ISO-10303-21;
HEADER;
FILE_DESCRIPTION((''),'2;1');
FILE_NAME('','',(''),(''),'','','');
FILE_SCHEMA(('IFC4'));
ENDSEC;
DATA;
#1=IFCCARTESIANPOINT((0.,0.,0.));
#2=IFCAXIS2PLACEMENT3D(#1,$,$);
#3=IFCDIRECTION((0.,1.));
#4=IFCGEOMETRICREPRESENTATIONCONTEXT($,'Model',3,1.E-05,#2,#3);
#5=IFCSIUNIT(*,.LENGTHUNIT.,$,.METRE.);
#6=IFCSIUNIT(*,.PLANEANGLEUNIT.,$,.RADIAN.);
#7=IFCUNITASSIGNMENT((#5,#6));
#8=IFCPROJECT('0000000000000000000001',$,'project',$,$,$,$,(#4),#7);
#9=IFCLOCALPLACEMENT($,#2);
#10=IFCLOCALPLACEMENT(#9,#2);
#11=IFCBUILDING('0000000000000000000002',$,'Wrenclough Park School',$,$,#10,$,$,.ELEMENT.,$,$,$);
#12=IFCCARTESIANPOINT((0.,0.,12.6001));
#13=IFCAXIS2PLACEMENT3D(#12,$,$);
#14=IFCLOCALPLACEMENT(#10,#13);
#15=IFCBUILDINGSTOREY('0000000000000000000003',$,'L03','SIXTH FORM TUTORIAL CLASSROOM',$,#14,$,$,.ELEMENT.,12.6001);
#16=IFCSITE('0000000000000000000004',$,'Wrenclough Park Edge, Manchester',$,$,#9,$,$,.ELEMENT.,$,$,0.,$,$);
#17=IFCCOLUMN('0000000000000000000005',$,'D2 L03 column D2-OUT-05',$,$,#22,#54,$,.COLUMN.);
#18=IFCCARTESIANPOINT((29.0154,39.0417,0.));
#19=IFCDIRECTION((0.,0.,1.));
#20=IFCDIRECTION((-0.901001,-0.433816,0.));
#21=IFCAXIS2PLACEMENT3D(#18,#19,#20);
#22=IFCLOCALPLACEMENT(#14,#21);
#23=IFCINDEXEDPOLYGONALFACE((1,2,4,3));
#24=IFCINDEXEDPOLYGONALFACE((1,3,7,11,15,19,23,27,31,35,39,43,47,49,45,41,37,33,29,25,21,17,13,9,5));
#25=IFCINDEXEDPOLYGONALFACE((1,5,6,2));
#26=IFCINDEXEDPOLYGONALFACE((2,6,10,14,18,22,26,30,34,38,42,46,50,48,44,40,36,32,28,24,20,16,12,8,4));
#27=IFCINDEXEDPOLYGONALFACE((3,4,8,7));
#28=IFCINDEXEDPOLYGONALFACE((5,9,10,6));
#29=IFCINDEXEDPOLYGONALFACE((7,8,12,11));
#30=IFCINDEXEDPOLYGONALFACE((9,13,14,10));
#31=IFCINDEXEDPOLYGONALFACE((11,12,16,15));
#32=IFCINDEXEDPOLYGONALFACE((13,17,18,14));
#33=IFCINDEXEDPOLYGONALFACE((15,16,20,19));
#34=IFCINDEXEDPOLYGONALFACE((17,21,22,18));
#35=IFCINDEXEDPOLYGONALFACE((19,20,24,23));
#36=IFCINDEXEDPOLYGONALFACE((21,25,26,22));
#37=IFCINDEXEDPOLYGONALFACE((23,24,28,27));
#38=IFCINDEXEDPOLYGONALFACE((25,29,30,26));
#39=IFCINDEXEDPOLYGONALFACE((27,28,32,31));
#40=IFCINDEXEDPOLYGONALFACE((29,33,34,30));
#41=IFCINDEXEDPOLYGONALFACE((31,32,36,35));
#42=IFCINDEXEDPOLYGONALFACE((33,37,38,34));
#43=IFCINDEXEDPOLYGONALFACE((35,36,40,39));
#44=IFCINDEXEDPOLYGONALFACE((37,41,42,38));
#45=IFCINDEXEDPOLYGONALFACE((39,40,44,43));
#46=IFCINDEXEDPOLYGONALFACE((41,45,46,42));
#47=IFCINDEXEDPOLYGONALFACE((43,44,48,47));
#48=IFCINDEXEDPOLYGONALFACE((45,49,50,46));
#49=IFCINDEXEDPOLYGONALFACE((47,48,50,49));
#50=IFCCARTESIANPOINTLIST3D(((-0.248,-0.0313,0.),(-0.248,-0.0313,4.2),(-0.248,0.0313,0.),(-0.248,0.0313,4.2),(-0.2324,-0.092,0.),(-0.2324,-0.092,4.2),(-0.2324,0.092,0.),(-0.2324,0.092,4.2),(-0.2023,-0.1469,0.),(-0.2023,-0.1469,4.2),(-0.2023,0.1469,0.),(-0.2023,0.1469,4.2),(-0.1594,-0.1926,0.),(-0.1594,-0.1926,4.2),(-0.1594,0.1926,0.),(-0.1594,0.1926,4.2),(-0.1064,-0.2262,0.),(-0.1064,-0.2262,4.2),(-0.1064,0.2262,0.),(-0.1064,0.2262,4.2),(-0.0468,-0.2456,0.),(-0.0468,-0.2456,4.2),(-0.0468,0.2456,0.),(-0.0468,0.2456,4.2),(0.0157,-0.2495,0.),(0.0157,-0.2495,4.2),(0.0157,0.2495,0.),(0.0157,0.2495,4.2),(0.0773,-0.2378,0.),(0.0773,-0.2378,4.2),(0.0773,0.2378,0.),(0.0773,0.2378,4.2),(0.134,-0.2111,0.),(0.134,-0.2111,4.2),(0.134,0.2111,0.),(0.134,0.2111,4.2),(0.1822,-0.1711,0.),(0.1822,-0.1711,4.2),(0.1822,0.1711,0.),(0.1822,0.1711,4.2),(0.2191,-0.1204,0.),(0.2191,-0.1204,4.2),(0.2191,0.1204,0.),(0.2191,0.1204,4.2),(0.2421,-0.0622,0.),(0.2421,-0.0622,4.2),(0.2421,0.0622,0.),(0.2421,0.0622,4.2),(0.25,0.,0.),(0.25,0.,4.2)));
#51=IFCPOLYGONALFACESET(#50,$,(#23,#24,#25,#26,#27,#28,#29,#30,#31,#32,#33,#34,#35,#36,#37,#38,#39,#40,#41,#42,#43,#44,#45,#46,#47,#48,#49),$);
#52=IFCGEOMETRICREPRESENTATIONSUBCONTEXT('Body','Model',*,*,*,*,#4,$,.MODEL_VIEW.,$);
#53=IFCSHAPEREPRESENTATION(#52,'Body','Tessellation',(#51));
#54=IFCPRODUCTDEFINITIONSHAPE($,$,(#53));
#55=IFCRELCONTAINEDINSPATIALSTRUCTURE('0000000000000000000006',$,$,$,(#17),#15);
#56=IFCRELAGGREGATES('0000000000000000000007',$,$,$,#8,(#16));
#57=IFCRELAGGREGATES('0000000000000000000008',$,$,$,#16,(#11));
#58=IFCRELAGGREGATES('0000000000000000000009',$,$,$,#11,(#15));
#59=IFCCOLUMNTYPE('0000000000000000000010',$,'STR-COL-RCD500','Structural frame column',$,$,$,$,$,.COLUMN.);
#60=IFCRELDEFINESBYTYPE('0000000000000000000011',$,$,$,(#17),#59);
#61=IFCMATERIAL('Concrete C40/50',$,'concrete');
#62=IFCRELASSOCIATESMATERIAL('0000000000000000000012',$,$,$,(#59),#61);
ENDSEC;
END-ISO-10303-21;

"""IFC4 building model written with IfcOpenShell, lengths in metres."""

from ifc_helpers import new_model, si_unit, direction, frame, origin, origin_2d, place, context, subcontext, project, spatial, circle, extrude, material, material_profile, profile_set, type_object, element, save


model = new_model("IFC4")

# Units and contexts
model_context = context("Model", 3, precision=1e-05, world=origin(), true_north=direction((0.0, 1.0)))
body_context = subcontext(model_context, "Body", "Model", "MODEL_VIEW")
ifc_project = project(units=[si_unit("LENGTHUNIT", "METRE"), si_unit("PLANEANGLEUNIT", "RADIAN")], contexts=[model_context])

# Site, building, storey
site_placement = place(None, origin())
site = spatial("IfcSite", under=ifc_project, at=site_placement, Name="Wrenclough Park Edge, Manchester", CompositionType="ELEMENT", RefElevation=0.0)
building_placement = place(site_placement, origin())
building = spatial("IfcBuilding", under=site, at=building_placement, Name="Wrenclough Park School", CompositionType="ELEMENT")
storey_placement = place(building_placement, frame((0.0, 0.0, 12.6001)))
storey = spatial("IfcBuildingStorey", under=building, at=storey_placement, Name="L03", Description="SIXTH FORM TUTORIAL CLASSROOM", CompositionType="ELEMENT", Elevation=12.6001)

# Column
ifc_material_1 = material(Name="Concrete C40/50", Category="concrete")
ifc_material_profile_1 = material_profile(ifc_material_1, circle(Radius=0.25, at=origin_2d()), Name="RC COL D500")
ifc_profile_set_1 = profile_set([ifc_material_profile_1], Name="Concrete C40/50")
column_type = type_object("IfcColumnType", Name="STR-COL-RCD500", Description="Structural frame column", PredefinedType="COLUMN", material=ifc_profile_set_1)
column_placement = place(storey_placement, frame((29.0154, 39.0417, 0.0), z_axis=(0.0, 0.0, 1.0), x_axis=(-0.901001, -0.433816, 0.0)))
element("IfcColumn", 1, at=column_placement, inside=storey, type_object=column_type, Name="D2 L03 column D2-OUT-05", PredefinedType="COLUMN", context=body_context, shape_type="SweptSolid", body=[
    extrude(circle(Radius=0.25, at=origin_2d()), origin(), (0.0, 0.0, 1.0), 4.2),
])

save(model, "model.ifc")
